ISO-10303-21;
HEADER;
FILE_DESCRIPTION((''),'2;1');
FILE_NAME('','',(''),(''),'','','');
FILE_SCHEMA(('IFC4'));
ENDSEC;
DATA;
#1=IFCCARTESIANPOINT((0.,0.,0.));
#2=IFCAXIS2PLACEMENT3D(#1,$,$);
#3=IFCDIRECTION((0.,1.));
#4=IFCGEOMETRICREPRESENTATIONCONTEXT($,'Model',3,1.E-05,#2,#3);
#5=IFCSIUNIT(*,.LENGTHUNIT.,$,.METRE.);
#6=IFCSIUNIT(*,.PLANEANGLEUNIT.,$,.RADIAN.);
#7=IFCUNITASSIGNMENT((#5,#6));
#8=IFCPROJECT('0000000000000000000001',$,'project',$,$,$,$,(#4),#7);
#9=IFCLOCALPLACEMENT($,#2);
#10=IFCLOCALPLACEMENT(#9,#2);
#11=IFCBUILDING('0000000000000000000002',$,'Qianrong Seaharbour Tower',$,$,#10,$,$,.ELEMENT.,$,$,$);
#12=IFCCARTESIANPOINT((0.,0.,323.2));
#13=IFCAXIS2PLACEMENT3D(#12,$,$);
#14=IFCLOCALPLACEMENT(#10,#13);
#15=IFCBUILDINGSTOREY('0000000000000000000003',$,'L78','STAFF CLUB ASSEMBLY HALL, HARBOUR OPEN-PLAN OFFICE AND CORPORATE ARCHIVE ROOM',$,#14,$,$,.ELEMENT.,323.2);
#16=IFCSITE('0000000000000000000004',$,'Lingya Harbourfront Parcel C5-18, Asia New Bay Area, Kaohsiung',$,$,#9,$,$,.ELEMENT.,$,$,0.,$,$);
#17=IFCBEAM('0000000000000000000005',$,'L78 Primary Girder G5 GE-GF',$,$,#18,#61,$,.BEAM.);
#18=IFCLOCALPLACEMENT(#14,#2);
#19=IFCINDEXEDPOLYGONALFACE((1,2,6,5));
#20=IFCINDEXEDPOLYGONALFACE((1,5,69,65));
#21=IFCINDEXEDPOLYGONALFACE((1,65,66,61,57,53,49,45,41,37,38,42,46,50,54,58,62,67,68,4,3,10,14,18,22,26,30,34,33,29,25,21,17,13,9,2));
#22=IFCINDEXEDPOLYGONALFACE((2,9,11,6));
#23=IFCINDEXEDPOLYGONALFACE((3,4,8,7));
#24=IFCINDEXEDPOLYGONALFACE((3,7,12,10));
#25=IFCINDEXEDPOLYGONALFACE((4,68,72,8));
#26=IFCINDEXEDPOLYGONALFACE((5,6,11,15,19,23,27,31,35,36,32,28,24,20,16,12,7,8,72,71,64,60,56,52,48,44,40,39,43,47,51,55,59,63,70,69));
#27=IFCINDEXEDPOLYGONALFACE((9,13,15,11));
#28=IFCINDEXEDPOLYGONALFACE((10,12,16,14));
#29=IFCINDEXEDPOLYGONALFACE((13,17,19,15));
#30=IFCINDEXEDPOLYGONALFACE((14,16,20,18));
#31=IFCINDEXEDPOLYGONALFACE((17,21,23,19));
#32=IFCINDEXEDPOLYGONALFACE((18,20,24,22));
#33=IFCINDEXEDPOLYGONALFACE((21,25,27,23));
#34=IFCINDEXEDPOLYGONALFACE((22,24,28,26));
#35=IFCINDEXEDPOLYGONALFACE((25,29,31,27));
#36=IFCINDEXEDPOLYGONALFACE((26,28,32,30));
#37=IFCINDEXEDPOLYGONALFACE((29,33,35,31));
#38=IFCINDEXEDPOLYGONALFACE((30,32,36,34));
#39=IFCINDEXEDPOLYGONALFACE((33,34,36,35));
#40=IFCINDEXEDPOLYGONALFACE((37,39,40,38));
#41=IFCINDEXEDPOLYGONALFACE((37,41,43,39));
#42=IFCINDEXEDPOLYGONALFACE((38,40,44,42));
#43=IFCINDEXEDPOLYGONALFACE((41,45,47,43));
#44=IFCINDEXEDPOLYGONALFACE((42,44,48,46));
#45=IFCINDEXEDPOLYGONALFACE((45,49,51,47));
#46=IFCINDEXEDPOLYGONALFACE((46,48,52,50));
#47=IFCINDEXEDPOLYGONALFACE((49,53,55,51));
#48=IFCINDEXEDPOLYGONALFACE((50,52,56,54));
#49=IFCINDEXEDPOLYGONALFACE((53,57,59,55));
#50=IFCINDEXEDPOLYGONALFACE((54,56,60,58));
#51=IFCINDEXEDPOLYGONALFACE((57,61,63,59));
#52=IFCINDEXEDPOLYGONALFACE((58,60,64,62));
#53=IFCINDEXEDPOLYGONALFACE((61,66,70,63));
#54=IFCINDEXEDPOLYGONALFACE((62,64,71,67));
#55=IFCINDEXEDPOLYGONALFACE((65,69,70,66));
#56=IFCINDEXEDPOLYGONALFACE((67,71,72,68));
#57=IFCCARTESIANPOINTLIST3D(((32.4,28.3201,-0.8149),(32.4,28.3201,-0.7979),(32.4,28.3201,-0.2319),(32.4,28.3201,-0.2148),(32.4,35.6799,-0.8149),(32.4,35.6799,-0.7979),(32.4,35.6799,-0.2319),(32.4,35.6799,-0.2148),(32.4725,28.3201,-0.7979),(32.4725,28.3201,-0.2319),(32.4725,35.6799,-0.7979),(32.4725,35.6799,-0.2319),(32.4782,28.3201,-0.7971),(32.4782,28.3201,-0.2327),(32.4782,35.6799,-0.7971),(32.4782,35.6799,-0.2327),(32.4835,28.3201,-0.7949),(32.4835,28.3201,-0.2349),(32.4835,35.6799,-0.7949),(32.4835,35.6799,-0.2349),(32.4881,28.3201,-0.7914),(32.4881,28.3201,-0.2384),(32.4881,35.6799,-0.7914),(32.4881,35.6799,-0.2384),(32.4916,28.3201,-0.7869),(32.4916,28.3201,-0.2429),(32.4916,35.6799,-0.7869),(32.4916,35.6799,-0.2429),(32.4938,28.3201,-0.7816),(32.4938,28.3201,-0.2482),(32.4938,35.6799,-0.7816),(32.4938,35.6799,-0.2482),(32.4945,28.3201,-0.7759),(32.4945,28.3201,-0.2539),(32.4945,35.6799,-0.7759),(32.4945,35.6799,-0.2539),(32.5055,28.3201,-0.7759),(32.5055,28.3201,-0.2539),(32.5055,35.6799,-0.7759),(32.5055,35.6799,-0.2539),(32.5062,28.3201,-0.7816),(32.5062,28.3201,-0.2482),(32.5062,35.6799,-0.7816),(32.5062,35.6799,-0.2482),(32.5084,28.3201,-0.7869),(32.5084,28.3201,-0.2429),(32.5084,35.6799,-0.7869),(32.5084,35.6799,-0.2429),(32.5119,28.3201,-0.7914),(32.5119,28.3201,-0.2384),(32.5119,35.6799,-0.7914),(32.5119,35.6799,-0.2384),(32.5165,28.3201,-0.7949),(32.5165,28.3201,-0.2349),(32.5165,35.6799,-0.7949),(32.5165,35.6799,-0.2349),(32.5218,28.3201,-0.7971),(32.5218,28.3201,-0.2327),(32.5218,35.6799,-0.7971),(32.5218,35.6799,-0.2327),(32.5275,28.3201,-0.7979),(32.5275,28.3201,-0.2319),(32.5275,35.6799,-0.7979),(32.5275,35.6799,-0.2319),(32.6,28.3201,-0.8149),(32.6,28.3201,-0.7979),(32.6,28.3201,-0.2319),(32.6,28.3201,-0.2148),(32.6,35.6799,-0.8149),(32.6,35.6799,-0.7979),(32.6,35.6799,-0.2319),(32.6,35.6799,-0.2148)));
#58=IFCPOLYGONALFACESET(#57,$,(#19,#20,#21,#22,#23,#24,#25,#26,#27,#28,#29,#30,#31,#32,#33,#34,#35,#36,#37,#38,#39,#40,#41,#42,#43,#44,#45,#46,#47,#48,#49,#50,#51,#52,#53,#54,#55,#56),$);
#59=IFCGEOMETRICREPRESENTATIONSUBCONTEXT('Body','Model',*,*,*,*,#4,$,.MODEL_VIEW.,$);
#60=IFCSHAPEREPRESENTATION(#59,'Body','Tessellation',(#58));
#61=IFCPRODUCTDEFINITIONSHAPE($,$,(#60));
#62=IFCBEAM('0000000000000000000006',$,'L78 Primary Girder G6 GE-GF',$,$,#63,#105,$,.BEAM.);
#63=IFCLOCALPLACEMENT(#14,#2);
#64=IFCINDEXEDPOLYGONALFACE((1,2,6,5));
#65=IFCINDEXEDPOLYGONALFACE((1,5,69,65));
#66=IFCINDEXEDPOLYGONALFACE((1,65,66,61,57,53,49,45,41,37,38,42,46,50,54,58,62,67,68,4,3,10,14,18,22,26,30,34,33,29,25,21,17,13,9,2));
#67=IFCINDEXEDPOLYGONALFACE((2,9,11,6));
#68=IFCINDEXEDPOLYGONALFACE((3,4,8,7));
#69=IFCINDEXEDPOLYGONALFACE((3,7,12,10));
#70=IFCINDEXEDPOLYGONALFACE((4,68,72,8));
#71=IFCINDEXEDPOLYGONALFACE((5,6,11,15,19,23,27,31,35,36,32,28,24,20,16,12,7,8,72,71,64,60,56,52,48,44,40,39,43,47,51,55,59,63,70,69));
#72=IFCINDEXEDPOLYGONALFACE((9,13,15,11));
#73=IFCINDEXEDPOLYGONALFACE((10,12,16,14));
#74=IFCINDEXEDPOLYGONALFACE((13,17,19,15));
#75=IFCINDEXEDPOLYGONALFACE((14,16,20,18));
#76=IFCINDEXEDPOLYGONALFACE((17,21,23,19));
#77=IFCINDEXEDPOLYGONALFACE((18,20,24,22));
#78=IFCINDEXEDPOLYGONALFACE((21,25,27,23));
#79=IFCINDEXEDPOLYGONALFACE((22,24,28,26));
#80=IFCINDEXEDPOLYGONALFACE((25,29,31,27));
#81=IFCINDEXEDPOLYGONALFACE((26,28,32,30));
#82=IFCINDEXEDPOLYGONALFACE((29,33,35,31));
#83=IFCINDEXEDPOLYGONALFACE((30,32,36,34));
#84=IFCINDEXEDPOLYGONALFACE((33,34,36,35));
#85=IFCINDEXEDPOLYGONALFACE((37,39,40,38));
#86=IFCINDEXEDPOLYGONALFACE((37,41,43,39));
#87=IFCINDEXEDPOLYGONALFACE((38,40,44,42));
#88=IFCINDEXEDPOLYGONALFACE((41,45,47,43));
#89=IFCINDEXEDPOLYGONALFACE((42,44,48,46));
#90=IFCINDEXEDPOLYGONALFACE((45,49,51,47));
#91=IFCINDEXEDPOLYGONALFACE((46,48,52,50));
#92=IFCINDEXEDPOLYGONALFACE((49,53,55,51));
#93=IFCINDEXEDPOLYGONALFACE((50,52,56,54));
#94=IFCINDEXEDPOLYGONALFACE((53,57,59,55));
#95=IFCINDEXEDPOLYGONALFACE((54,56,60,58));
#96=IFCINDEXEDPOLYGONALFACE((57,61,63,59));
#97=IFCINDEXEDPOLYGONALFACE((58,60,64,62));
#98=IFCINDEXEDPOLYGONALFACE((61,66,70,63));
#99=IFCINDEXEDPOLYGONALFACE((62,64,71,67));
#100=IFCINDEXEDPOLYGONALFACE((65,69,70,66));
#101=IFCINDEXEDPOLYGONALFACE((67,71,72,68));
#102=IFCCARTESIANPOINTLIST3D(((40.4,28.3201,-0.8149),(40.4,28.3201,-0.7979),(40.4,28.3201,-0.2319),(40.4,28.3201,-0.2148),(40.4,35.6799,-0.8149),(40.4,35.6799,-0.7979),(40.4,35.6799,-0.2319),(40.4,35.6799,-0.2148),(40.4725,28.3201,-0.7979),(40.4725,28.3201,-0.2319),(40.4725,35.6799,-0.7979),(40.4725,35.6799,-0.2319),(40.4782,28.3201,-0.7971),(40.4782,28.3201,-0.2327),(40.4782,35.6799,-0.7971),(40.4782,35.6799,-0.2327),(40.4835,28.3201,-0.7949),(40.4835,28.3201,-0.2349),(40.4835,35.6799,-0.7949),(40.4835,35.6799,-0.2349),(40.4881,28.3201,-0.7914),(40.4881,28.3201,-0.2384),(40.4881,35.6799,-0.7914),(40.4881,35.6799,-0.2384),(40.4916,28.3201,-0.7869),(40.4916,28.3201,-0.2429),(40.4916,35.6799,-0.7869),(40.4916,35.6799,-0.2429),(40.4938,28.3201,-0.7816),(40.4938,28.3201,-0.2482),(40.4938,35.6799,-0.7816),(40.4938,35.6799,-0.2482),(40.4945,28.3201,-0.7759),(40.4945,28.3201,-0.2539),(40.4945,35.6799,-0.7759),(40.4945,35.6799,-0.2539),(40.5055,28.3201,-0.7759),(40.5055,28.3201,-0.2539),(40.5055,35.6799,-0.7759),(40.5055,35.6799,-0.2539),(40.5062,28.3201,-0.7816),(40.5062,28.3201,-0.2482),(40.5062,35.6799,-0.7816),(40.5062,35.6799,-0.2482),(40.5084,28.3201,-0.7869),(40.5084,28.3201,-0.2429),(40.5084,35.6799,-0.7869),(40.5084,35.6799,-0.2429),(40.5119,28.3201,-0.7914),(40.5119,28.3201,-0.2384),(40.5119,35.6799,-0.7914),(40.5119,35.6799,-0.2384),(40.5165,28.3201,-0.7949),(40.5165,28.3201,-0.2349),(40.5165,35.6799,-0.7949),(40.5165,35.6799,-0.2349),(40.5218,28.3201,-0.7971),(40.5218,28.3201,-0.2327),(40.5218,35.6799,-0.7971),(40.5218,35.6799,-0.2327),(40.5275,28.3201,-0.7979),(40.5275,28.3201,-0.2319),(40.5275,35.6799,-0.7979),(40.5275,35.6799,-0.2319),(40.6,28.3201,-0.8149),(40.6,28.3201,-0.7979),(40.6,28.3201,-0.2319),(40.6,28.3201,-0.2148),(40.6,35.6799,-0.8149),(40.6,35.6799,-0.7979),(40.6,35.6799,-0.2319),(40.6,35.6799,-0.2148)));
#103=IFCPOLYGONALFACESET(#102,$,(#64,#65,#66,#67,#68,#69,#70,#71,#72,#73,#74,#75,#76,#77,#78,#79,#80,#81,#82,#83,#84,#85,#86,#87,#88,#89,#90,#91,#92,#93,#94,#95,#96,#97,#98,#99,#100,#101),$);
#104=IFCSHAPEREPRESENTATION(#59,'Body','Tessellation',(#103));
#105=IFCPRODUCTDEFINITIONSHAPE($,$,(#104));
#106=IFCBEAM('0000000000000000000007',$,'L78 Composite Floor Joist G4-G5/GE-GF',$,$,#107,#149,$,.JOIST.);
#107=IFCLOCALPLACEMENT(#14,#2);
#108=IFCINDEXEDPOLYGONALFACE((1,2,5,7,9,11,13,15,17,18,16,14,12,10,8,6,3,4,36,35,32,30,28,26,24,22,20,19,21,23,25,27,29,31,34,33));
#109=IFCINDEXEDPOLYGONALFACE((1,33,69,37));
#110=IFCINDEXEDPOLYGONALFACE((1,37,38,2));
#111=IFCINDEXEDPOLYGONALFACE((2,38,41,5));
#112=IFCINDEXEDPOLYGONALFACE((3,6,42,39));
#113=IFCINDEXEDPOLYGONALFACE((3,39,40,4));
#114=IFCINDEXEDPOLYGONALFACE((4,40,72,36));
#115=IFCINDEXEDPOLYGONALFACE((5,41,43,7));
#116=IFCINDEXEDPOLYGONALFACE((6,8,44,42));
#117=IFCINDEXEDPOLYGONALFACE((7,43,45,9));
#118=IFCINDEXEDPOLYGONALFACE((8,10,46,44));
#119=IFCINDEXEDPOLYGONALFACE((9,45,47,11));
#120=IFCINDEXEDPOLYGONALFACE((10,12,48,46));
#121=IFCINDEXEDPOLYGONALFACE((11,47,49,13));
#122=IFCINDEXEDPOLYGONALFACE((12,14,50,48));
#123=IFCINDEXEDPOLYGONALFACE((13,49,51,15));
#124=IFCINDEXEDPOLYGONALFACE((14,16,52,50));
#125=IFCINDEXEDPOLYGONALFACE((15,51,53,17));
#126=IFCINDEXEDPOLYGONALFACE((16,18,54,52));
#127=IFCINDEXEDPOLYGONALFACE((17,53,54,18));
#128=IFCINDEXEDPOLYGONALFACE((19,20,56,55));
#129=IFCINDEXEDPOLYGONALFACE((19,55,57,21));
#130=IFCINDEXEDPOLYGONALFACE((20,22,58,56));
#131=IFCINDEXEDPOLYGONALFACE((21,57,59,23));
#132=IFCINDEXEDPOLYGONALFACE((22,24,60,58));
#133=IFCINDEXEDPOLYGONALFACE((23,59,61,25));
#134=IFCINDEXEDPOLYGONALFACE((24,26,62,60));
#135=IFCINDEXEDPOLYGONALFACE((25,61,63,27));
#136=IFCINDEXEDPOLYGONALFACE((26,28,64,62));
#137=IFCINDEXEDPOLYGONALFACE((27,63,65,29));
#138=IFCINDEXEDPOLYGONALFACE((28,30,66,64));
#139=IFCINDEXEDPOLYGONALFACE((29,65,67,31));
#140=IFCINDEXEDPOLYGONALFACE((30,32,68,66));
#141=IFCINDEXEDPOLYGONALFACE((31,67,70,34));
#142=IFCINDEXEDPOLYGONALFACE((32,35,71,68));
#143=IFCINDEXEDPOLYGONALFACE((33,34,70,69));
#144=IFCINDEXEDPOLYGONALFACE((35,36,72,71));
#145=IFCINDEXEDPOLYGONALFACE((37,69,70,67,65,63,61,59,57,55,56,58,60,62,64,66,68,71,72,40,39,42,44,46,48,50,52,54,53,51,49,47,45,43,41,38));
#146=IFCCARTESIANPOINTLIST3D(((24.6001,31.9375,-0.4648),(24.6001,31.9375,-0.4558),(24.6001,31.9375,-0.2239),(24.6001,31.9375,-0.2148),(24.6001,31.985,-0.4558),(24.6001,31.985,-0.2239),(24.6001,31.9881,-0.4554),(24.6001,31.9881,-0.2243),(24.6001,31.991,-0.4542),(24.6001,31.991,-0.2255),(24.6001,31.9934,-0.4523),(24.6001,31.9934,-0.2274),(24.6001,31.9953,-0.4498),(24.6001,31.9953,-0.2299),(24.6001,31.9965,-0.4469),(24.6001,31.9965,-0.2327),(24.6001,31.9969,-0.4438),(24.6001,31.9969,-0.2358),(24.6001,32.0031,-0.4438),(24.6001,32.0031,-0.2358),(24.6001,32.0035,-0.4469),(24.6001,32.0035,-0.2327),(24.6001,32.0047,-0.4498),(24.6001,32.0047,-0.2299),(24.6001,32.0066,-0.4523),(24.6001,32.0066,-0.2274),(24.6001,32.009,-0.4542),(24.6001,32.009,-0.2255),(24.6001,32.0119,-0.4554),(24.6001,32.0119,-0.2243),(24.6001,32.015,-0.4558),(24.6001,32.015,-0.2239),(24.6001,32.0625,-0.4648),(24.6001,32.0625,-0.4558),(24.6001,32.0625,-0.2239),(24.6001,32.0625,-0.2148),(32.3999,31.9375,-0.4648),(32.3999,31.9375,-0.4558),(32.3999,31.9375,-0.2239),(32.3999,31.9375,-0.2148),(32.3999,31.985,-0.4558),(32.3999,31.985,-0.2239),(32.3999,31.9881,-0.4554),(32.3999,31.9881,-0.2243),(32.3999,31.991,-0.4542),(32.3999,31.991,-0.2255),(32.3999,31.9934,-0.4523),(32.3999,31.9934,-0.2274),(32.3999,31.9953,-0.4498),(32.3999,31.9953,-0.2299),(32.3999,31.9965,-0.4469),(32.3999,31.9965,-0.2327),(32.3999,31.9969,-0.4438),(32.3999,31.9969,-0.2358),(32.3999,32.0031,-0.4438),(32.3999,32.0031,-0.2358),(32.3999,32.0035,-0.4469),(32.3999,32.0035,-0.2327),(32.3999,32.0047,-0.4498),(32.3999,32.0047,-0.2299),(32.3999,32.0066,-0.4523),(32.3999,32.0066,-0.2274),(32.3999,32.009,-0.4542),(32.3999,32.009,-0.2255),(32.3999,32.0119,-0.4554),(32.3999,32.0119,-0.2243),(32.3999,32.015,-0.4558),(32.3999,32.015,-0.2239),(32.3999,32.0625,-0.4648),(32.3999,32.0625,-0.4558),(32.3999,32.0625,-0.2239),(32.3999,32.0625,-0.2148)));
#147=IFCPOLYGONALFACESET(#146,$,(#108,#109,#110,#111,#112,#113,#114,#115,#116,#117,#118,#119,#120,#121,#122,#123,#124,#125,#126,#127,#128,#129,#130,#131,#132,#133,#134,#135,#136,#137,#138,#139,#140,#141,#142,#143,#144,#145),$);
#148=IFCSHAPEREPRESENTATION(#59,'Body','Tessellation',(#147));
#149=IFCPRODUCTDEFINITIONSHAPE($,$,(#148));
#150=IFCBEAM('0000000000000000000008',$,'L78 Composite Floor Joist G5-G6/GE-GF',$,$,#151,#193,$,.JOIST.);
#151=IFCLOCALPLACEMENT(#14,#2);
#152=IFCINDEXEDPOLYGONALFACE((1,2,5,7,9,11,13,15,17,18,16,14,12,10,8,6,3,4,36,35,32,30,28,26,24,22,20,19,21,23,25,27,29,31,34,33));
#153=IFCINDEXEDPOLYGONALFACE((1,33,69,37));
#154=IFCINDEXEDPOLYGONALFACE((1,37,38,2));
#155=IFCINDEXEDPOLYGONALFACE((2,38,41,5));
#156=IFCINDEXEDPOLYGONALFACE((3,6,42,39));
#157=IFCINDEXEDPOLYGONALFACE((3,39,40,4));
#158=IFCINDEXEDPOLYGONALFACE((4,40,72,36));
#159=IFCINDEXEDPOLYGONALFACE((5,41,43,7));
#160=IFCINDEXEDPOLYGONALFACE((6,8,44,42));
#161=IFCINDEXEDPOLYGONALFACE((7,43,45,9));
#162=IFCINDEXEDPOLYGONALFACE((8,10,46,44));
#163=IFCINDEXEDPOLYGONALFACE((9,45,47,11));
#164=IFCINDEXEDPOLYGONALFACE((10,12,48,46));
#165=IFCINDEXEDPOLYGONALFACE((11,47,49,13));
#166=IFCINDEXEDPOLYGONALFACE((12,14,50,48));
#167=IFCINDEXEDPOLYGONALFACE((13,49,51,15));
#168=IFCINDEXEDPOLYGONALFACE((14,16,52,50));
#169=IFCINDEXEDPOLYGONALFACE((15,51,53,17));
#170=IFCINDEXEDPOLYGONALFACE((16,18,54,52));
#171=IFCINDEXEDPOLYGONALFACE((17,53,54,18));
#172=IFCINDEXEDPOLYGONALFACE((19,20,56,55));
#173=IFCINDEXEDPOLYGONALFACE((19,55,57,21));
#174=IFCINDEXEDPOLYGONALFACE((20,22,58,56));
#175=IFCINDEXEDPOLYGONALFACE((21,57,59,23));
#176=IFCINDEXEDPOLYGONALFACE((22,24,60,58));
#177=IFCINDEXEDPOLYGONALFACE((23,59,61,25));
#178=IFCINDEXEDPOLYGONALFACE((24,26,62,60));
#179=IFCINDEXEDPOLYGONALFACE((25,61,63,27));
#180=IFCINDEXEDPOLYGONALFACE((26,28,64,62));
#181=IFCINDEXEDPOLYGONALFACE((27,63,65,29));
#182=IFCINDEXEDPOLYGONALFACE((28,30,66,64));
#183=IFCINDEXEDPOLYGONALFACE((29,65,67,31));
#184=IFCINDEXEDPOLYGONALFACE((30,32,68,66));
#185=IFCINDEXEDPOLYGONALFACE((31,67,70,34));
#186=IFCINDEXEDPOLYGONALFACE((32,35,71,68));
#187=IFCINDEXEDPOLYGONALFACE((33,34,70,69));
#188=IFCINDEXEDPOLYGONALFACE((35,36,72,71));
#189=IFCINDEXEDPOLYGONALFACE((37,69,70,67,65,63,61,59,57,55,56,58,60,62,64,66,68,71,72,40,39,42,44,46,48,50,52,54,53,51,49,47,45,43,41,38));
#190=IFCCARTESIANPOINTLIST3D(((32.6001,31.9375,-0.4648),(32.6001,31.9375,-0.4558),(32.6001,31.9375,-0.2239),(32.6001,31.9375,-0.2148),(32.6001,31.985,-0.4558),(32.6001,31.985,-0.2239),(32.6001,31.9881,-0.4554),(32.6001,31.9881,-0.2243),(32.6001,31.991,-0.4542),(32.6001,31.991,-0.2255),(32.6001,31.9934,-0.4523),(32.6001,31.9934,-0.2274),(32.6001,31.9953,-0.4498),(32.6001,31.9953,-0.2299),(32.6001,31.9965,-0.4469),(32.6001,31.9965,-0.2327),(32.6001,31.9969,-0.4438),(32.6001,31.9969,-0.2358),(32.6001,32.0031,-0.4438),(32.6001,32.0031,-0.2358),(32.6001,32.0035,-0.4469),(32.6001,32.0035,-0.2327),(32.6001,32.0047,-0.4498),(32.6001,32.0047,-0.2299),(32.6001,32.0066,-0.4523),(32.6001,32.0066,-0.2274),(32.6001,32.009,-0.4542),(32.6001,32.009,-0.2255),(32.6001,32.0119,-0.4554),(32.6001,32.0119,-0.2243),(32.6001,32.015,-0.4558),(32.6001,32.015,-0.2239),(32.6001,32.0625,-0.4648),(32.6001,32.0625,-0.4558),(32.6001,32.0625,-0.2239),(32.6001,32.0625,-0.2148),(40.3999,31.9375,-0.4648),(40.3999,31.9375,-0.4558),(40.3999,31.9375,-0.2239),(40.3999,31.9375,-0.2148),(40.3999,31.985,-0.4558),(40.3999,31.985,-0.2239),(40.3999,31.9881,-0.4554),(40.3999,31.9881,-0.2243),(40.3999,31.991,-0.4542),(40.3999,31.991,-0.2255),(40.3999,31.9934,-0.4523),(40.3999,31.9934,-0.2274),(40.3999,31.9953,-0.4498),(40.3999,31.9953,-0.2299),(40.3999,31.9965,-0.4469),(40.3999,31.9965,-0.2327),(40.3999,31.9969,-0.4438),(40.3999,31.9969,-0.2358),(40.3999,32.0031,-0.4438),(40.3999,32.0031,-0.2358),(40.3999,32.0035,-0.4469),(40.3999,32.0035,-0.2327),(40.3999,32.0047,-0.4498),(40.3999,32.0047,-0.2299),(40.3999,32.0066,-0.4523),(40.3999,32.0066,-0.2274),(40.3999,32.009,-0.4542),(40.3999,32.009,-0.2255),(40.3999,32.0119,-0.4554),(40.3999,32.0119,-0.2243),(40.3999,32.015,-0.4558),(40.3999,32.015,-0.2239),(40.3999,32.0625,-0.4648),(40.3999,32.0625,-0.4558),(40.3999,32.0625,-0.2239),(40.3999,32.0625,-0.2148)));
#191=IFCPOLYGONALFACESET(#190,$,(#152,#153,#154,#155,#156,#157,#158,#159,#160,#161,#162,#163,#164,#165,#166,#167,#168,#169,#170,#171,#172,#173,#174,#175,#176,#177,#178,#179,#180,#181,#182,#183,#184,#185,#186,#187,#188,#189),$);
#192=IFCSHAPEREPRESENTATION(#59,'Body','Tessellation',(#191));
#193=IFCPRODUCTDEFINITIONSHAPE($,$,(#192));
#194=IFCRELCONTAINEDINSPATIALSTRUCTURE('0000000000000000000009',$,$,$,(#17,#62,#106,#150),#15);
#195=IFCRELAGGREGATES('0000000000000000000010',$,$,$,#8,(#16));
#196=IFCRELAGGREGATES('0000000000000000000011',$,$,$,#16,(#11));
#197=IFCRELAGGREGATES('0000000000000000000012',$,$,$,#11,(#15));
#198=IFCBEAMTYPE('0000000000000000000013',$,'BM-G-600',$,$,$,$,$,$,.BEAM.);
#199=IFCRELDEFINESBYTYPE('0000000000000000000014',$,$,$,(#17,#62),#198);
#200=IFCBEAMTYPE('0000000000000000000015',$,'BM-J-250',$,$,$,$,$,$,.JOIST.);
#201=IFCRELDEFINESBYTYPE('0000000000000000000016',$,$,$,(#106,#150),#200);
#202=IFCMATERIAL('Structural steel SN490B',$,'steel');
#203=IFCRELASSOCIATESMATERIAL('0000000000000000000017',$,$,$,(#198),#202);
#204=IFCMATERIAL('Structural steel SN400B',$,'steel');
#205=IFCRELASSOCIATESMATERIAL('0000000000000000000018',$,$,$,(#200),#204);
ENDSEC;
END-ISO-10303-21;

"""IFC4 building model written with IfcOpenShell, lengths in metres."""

from ifc_helpers import new_model, si_unit, direction, frame, origin, origin_2d, place, context, subcontext, project, spatial, i_section, extrude, material, material_profile, profile_set, type_object, element, save


model = new_model("IFC4")

# Units and contexts
model_context = context("Model", 3, precision=1e-05, world=origin(), true_north=direction((0.0, 1.0)))
body_context = subcontext(model_context, "Body", "Model", "MODEL_VIEW")
ifc_project = project(units=[si_unit("LENGTHUNIT", "METRE"), si_unit("PLANEANGLEUNIT", "RADIAN")], contexts=[model_context])

# Site, building, storey
site_placement = place(None, origin())
site = spatial("IfcSite", under=ifc_project, at=site_placement, Name="Lingya Harbourfront Parcel C5-18, Asia New Bay Area, Kaohsiung", CompositionType="ELEMENT", RefElevation=0.0)
building_placement = place(site_placement, origin())
building = spatial("IfcBuilding", under=site, at=building_placement, Name="Qianrong Seaharbour Tower", CompositionType="ELEMENT")
storey_placement = place(building_placement, frame((0.0, 0.0, 323.2)))
storey = spatial("IfcBuildingStorey", under=building, at=storey_placement, Name="L78", Description="STAFF CLUB ASSEMBLY HALL, HARBOUR OPEN-PLAN OFFICE AND CORPORATE ARCHIVE ROOM", CompositionType="ELEMENT", Elevation=323.2)

# Shared definitions
ifc_material_1 = material(Name="Structural steel SN490B", Category="steel")
ifc_material_2 = material(Name="Structural steel SN400B", Category="steel")

# Beams
ifc_material_profile_1 = material_profile(ifc_material_1, i_section(OverallWidth=0.2, OverallDepth=0.6001, WebThickness=0.011, FlangeThickness=0.0171, FilletRadius=0.022, at=origin_2d()), Name="H600x200x11x17")
ifc_profile_set_1 = profile_set([ifc_material_profile_1], Name="Structural steel SN490B")
beam_type_1 = type_object("IfcBeamType", Name="BM-G-600", PredefinedType="BEAM", material=ifc_profile_set_1)
for number, where, z_axis, x_axis, name in (
    (1, (32.5, 28.3201, -0.5149), (0.0, 1.0, 0.0), (-1.0, 0.0, 0.0), "L78 Primary Girder G5 GE-GF"),
    (2, (40.5, 28.3201, -0.5149), (0.0, 1.0, 0.0), (-1.0, 0.0, 0.0), "L78 Primary Girder G6 GE-GF"),
):
    element("IfcBeam", number, at=place(storey_placement, frame(where, z_axis=z_axis, x_axis=x_axis)), inside=storey, type_object=beam_type_1, Name=name, PredefinedType="BEAM", context=body_context, shape_type="SweptSolid", body=[
        extrude(i_section(OverallWidth=0.2, OverallDepth=0.6001, WebThickness=0.011, FlangeThickness=0.0171, FilletRadius=0.022, at=origin_2d()), origin(), (0.0, 0.0, 1.0), 7.3599),
    ])
ifc_material_profile_2 = material_profile(ifc_material_2, i_section(OverallWidth=0.125, OverallDepth=0.25, WebThickness=0.0061, FlangeThickness=0.009, FilletRadius=0.012, at=origin_2d()), Name="H250x125x6x9")
ifc_profile_set_2 = profile_set([ifc_material_profile_2], Name="Structural steel SN400B")
beam_type_2 = type_object("IfcBeamType", Name="BM-J-250", PredefinedType="JOIST", material=ifc_profile_set_2)
for number, where, z_axis, x_axis, name in (
    (3, (24.6001, 32.0, -0.3398), (1.0, 0.0, 0.0), (0.0, 1.0, 0.0), "L78 Composite Floor Joist G4-G5/GE-GF"),
    (4, (32.6001, 32.0, -0.3398), (1.0, 0.0, 0.0), (0.0, 1.0, 0.0), "L78 Composite Floor Joist G5-G6/GE-GF"),
):
    element("IfcBeam", number, at=place(storey_placement, frame(where, z_axis=z_axis, x_axis=x_axis)), inside=storey, type_object=beam_type_2, Name=name, PredefinedType="JOIST", context=body_context, shape_type="SweptSolid", body=[
        extrude(i_section(OverallWidth=0.125, OverallDepth=0.25, WebThickness=0.0061, FlangeThickness=0.009, FilletRadius=0.012, at=origin_2d()), origin(), (0.0, 0.0, 1.0), 7.7998),
    ])

save(model, "model.ifc")
